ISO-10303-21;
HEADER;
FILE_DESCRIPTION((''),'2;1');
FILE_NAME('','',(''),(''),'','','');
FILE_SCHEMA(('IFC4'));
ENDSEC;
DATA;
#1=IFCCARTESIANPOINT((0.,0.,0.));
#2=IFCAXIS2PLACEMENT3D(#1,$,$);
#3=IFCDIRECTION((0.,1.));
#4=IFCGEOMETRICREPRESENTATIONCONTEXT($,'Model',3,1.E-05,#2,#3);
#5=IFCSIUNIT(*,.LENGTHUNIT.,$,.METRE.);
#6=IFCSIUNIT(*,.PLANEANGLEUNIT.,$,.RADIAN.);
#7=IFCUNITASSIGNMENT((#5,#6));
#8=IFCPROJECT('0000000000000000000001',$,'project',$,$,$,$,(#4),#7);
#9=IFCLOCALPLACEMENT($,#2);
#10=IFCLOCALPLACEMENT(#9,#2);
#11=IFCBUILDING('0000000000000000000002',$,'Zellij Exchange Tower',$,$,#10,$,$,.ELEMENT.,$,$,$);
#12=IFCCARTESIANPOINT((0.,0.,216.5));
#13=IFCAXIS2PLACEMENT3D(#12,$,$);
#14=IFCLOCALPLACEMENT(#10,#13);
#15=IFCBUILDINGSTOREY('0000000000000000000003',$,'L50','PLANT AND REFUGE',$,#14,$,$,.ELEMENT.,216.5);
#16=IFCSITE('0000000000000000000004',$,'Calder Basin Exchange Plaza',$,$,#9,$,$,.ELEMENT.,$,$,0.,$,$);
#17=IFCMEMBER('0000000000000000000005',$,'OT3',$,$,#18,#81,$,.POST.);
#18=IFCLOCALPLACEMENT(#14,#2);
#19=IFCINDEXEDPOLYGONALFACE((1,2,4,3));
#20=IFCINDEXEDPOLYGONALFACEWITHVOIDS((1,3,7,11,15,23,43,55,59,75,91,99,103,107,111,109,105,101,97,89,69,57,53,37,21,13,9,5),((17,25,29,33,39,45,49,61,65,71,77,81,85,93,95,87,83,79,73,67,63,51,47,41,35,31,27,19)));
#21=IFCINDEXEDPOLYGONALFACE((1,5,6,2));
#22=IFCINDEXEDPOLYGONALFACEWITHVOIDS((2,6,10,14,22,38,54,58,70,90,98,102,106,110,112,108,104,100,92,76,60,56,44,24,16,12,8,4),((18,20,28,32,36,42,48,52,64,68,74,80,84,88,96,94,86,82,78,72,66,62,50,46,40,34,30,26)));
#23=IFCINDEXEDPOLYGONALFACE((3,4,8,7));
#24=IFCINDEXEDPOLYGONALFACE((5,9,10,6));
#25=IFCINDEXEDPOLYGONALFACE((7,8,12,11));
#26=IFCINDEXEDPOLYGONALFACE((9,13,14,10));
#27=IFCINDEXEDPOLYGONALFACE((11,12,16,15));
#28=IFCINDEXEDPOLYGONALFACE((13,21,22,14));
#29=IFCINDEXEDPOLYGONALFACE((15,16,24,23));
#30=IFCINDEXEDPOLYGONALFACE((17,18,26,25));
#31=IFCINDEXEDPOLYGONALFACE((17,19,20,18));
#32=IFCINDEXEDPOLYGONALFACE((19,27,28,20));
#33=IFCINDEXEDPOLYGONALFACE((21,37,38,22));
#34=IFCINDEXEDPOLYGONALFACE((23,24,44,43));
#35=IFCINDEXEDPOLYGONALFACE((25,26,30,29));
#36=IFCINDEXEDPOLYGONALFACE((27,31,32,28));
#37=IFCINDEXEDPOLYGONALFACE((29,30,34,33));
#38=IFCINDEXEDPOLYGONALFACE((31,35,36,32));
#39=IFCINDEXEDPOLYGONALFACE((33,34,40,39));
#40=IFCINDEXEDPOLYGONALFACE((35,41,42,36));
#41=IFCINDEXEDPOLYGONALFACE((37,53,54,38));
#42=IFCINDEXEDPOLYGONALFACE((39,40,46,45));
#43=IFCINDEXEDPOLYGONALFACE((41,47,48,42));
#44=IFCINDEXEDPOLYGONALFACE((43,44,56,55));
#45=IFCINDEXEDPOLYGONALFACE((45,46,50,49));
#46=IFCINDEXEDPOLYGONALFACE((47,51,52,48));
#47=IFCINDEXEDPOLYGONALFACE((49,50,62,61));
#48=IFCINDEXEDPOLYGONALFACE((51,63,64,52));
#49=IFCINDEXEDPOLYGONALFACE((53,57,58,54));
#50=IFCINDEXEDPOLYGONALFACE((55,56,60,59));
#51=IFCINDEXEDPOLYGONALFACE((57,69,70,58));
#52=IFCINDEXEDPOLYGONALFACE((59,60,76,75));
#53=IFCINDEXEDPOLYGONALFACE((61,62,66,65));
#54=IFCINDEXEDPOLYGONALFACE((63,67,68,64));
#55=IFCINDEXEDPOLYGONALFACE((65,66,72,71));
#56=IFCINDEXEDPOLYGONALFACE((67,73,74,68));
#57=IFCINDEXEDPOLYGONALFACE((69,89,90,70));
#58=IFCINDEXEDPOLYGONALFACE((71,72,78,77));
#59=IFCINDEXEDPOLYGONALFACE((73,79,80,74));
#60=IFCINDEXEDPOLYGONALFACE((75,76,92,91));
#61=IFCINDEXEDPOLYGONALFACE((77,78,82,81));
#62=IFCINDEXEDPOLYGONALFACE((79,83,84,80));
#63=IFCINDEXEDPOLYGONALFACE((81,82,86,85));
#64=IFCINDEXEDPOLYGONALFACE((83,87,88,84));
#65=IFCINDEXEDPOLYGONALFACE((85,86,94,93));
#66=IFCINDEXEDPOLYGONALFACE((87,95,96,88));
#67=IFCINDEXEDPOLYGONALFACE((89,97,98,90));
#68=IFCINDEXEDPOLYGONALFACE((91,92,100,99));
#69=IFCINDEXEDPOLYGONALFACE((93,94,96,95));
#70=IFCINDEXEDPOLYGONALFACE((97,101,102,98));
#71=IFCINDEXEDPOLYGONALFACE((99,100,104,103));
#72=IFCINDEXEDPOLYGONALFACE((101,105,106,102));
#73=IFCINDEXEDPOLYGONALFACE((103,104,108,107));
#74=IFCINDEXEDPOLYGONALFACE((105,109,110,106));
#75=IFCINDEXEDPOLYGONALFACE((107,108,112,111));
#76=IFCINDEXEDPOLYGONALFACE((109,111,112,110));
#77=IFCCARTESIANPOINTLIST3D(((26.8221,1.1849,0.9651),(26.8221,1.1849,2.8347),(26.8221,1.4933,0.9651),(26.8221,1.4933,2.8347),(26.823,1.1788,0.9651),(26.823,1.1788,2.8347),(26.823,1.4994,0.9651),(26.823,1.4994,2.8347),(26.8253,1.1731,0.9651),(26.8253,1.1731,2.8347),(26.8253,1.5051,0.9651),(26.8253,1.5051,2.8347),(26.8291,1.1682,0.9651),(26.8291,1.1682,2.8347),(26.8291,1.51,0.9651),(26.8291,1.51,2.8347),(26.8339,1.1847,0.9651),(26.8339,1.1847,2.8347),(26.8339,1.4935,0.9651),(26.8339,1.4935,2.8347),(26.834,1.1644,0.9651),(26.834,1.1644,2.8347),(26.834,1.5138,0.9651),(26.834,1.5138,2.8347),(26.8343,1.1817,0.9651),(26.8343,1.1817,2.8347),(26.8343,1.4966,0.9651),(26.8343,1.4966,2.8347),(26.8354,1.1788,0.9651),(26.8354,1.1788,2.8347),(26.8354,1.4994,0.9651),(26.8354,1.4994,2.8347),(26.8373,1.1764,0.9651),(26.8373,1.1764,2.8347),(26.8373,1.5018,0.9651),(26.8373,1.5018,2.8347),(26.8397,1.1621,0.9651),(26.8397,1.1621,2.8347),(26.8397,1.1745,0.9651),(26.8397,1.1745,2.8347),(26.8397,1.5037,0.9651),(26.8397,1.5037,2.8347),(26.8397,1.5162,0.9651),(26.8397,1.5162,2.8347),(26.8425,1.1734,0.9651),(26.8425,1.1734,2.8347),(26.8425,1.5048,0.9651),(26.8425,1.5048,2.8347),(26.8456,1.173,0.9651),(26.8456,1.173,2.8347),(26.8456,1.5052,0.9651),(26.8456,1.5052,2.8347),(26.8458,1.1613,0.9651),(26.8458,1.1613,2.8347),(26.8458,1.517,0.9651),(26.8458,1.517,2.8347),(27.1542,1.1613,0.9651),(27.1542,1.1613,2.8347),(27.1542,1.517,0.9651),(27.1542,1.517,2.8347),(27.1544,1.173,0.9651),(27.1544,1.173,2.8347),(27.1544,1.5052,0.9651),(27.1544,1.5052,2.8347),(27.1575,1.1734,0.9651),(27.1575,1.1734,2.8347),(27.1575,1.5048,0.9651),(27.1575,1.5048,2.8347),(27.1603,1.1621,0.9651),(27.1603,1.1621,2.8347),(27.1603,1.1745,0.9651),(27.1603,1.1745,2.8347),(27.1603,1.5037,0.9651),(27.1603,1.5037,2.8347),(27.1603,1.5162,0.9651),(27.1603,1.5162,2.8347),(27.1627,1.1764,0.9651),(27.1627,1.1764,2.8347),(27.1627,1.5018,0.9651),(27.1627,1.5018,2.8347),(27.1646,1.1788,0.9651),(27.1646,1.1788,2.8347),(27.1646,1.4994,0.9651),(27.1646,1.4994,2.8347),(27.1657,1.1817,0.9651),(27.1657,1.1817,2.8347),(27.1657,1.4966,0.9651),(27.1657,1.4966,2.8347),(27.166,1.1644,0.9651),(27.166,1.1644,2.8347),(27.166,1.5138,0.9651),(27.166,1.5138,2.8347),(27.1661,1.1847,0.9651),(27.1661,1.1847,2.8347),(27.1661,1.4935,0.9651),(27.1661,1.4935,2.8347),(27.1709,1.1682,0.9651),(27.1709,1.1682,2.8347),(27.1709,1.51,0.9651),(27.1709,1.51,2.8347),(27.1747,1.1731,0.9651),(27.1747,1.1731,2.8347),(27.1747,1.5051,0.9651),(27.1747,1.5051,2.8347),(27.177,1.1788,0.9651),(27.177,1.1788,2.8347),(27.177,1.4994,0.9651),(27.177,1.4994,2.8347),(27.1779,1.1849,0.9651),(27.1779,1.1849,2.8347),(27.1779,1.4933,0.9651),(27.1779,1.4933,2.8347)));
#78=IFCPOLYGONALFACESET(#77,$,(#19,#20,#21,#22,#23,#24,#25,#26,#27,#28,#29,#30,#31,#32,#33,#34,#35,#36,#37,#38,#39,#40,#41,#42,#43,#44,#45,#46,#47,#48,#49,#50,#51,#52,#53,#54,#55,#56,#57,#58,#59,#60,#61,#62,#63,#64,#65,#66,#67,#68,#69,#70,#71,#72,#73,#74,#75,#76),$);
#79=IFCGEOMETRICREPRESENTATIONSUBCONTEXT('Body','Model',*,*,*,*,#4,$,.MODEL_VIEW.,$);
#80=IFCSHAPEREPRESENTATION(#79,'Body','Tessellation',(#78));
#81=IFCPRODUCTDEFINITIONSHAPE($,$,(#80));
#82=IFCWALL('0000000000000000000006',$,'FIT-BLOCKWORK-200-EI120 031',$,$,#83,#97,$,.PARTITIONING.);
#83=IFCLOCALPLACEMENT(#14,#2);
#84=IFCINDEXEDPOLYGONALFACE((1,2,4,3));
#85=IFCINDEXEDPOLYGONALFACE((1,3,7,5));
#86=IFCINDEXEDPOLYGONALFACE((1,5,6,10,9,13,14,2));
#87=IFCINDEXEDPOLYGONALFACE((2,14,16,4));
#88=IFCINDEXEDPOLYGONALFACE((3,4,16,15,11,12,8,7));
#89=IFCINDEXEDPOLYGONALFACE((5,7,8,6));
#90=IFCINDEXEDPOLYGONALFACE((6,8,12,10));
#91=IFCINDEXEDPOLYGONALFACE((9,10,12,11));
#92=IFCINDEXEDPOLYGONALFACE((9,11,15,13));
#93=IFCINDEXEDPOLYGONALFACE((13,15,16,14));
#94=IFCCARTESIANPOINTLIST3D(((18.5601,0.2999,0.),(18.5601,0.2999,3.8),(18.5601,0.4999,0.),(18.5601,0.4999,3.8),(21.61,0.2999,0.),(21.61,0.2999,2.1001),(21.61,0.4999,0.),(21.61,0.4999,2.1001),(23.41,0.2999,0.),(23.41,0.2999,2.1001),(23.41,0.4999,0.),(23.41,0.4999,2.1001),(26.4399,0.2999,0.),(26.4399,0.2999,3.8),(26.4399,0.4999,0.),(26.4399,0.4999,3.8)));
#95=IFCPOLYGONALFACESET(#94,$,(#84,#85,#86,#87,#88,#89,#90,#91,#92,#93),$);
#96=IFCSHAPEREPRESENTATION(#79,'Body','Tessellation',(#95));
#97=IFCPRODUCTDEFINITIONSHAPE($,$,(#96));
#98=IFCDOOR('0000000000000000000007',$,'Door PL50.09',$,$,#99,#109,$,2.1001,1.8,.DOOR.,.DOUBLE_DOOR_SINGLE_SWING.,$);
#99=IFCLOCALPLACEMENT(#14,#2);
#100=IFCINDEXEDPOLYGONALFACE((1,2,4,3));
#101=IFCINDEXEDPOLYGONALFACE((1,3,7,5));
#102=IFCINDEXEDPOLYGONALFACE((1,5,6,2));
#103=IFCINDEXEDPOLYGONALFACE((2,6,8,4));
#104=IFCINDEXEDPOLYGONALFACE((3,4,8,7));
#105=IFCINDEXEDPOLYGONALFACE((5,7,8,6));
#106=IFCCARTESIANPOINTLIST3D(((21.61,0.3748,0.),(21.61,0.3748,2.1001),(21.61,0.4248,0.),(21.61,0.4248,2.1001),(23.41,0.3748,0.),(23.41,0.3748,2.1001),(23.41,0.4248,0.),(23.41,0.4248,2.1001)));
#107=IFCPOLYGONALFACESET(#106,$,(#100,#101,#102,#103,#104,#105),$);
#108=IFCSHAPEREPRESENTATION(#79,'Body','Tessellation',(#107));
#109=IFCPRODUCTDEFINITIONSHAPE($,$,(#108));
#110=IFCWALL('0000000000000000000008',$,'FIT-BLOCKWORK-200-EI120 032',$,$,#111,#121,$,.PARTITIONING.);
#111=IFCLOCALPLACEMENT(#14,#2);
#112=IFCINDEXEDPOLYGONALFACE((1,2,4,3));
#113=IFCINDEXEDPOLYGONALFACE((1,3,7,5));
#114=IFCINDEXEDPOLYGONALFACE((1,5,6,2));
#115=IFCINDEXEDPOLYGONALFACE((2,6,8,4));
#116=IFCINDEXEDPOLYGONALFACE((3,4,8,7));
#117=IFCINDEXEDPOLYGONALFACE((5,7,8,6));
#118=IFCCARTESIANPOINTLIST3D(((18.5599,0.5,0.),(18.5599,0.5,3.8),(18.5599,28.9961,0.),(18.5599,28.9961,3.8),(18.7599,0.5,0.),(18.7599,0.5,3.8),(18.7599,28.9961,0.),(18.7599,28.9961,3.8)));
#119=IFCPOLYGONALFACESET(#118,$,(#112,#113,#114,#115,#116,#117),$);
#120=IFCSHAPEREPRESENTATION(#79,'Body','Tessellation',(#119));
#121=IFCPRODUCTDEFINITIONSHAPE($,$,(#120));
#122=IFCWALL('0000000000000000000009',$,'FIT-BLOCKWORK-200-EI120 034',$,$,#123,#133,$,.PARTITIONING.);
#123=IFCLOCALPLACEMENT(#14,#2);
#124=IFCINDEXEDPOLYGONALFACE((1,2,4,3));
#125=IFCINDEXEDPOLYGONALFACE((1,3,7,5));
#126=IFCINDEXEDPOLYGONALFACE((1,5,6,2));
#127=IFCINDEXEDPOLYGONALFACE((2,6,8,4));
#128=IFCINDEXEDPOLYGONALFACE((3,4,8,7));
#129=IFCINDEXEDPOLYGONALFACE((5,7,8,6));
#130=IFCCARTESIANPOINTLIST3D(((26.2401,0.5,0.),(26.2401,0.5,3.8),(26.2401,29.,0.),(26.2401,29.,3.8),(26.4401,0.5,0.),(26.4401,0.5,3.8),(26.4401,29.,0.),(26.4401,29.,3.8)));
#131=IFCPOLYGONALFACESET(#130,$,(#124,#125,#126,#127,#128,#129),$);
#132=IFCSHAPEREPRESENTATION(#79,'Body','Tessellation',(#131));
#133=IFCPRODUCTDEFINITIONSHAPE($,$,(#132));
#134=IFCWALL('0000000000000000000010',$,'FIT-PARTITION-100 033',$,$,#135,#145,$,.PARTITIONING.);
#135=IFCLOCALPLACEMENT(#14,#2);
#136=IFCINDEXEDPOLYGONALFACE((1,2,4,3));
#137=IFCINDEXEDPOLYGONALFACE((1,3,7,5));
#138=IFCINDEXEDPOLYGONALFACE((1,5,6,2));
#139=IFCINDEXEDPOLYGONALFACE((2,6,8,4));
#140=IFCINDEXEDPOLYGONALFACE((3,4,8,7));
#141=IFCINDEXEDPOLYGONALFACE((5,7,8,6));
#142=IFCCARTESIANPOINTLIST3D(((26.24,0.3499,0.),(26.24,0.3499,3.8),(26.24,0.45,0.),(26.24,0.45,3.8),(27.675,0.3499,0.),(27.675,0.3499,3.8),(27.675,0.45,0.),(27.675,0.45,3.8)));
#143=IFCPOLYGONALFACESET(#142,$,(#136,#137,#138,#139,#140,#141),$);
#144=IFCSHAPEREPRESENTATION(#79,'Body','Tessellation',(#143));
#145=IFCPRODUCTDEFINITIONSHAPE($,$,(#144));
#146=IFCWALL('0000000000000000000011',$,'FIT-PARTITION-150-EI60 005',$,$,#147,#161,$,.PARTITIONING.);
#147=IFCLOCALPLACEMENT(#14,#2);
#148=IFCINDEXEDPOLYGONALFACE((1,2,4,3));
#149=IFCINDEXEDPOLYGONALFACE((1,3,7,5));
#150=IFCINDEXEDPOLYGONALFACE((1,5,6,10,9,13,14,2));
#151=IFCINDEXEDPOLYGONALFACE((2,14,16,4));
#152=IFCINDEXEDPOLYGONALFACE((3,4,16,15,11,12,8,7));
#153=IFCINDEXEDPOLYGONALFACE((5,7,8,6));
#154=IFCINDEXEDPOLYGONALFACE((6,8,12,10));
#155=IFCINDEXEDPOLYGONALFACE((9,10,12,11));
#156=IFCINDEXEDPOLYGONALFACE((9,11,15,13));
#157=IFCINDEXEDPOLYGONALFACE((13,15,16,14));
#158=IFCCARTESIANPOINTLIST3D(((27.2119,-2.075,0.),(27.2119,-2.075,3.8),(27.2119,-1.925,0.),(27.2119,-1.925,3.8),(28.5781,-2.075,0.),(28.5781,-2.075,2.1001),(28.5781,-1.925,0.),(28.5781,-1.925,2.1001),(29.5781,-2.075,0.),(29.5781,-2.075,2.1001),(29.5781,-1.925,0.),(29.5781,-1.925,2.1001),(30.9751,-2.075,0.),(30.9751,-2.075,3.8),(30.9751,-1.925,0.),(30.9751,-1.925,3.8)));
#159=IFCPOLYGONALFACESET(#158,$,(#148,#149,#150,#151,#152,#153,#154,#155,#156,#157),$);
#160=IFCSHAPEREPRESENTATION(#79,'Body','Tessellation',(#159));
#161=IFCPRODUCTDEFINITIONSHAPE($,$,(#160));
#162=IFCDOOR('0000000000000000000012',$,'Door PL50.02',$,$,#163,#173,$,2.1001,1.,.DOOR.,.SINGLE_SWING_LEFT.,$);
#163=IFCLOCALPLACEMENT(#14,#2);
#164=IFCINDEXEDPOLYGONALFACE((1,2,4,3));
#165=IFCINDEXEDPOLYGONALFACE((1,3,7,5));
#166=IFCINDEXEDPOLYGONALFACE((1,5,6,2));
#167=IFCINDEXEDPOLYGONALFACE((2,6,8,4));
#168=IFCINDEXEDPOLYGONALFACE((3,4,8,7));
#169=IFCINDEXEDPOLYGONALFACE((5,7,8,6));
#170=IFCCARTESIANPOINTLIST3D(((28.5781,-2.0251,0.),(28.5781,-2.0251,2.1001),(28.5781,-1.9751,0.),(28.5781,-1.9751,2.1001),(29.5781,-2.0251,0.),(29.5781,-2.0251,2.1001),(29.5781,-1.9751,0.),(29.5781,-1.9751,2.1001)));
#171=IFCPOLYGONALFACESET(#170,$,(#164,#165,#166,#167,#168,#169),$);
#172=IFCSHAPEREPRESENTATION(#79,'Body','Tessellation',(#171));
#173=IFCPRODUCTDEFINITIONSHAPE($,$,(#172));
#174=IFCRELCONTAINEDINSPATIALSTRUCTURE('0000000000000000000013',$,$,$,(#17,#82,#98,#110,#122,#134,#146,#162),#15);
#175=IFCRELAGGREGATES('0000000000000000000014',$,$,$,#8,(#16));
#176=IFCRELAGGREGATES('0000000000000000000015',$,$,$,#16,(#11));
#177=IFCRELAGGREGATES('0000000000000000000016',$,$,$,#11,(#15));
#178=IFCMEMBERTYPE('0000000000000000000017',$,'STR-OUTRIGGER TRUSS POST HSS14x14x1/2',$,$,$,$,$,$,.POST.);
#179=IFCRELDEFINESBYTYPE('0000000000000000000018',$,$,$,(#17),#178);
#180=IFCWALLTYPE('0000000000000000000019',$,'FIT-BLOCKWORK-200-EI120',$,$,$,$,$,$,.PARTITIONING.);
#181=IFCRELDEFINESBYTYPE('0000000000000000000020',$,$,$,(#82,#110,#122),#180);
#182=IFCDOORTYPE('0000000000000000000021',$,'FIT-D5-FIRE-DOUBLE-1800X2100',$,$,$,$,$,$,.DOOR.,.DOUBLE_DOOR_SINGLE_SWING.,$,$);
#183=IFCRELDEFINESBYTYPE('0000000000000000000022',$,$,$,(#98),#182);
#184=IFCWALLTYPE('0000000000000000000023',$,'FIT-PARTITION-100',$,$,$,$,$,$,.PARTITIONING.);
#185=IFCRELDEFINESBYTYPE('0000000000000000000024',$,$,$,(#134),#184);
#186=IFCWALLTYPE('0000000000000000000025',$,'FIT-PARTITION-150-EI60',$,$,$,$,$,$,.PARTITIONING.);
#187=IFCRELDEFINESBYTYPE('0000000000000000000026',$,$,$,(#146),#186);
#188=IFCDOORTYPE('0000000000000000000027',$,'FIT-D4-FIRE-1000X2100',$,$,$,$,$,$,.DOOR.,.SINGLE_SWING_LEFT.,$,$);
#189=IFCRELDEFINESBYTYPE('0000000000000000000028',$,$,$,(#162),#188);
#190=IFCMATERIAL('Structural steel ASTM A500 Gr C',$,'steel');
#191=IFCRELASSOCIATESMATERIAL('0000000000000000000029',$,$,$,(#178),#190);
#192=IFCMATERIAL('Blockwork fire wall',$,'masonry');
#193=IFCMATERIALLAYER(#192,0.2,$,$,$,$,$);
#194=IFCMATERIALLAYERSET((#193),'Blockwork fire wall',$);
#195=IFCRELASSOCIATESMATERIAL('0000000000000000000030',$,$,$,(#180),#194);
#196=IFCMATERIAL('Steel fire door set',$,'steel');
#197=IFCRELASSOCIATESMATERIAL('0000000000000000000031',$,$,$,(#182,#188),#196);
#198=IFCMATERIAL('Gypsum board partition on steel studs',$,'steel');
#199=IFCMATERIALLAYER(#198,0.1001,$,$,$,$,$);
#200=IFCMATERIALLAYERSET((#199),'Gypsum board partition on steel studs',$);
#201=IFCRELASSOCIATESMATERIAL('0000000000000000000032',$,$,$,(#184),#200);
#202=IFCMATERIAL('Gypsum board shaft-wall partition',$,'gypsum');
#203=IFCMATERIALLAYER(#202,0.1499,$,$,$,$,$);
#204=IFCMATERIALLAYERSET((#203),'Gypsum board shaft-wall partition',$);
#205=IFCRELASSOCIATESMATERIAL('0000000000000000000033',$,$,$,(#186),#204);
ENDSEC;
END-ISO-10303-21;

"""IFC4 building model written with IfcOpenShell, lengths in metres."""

from ifc_helpers import new_model, si_unit, direction, frame, frame_2d, origin, origin_2d, place, context, subcontext, project, spatial, rectangle, hollow_rectangle, extrude, material, layer, layer_set, material_profile, profile_set, type_object, element, fill, save


model = new_model("IFC4")

# Units and contexts
model_context = context("Model", 3, precision=1e-05, world=origin(), true_north=direction((0.0, 1.0)))
body_context = subcontext(model_context, "Body", "Model", "MODEL_VIEW")
ifc_project = project(units=[si_unit("LENGTHUNIT", "METRE"), si_unit("PLANEANGLEUNIT", "RADIAN")], contexts=[model_context])

# Site, building, storey
site_placement = place(None, origin())
site = spatial("IfcSite", under=ifc_project, at=site_placement, Name="Calder Basin Exchange Plaza", CompositionType="ELEMENT", RefElevation=0.0)
building_placement = place(site_placement, origin())
building = spatial("IfcBuilding", under=site, at=building_placement, Name="Zellij Exchange Tower", CompositionType="ELEMENT")
storey_placement = place(building_placement, frame((0.0, 0.0, 216.5)))
storey = spatial("IfcBuildingStorey", under=building, at=storey_placement, Name="L50", Description="PLANT AND REFUGE", CompositionType="ELEMENT", Elevation=216.5)

# Member
ifc_material_1 = material(Name="Structural steel ASTM A500 Gr C", Category="steel")
ifc_material_profile_1 = material_profile(ifc_material_1, hollow_rectangle(XDim=0.3557, YDim=0.3557, WallThickness=0.0117, InnerFilletRadius=0.0117, OuterFilletRadius=0.0237, at=origin_2d()), Name="STR-OUTRIGGER TRUSS POST HSS14x14x1/2")
ifc_profile_set_1 = profile_set([ifc_material_profile_1], Name="Structural steel ASTM A500 Gr C")
member_type_1 = type_object("IfcMemberType", Name="STR-OUTRIGGER TRUSS POST HSS14x14x1/2", PredefinedType="POST", material=ifc_profile_set_1)
for number, where, z_axis, x_axis, name in (
    (1, (27.0, 1.3391, 0.9651), (0.0, 0.0, 1.0), (1.0, 0.0, 0.0), "OT3"),
):
    element("IfcMember", number, at=place(storey_placement, frame(where, z_axis=z_axis, x_axis=x_axis)), inside=storey, type_object=member_type_1, Name=name, PredefinedType="POST", context=body_context, shape_type="SweptSolid", body=[
        extrude(hollow_rectangle(XDim=0.3557, YDim=0.3557, WallThickness=0.0117, InnerFilletRadius=0.0117, OuterFilletRadius=0.0237, at=origin_2d()), origin(), (0.0, 0.0, 1.0), 1.8696),
    ])

# Wall, opening, door
ifc_material_2 = material(Name="Blockwork fire wall", Category="masonry")
ifc_layer_1 = layer(ifc_material_2, 0.2)
ifc_layer_set_1 = layer_set([ifc_layer_1], Name="Blockwork fire wall")
wall_type_1 = type_object("IfcWallType", Name="FIT-BLOCKWORK-200-EI120", PredefinedType="PARTITIONING", material=ifc_layer_set_1)
wall_1_placement = place(storey_placement, frame((18.5601, 0.3999, 0.0), z_axis=(0.0, 0.0, 1.0), x_axis=(1.0, 0.0, 0.0)))
wall_1 = element("IfcWall", 2, at=wall_1_placement, inside=storey, type_object=wall_type_1, Name="FIT-BLOCKWORK-200-EI120 031", PredefinedType="PARTITIONING", context=body_context, shape_type="SweptSolid", body=[
    extrude(rectangle(XDim=7.8799, YDim=0.2, at=frame_2d((3.9399, 0.0))), origin(), (0.0, 0.0, 1.0), 3.8),
])
opening_1_placement = place(wall_1_placement, frame((3.05, 0.0, 0.0)))
opening_1 = element("IfcOpeningElement", 3, at=opening_1_placement, cuts=wall_1, PredefinedType="OPENING", context=body_context, shape_type="SweptSolid", body=[
    extrude(rectangle(XDim=1.8, YDim=2.1001, at=frame_2d((0.8999, 1.05))), frame((0.0, 0.1118, 0.0), z_axis=(0.0, -1.0, 0.0), x_axis=(1.0, 0.0, 0.0)), (0.0, 0.0, 1.0), 0.2239),
])
ifc_material_3 = material(Name="Steel fire door set", Category="steel")
door_type_1 = type_object("IfcDoorType", Name="FIT-D5-FIRE-DOUBLE-1800X2100", OperationType="DOUBLE_DOOR_SINGLE_SWING", PredefinedType="DOOR", material=ifc_material_3)
door_1_placement = place(opening_1_placement, origin())
door_1 = element("IfcDoor", 4, at=door_1_placement, inside=storey, type_object=door_type_1, Name="Door PL50.09", OperationType="DOUBLE_DOOR_SINGLE_SWING", OverallHeight=2.1001, OverallWidth=1.8, PredefinedType="DOOR", context=body_context, shape_type="SweptSolid", body=[
    extrude(rectangle(XDim=1.8, YDim=2.1001, at=frame_2d((0.8999, 1.05))), frame((0.0, 0.0249, 0.0), z_axis=(0.0, -1.0, 0.0), x_axis=(1.0, 0.0, 0.0)), (0.0, 0.0, 1.0), 0.05),
])
fill(opening_1, door_1)

# Walls
wall_2_placement = place(storey_placement, frame((18.6599, 0.5, 0.0), z_axis=(0.0, 0.0, 1.0), x_axis=(0.0, 1.0, 0.0)))
element("IfcWall", 5, at=wall_2_placement, inside=storey, type_object=wall_type_1, Name="FIT-BLOCKWORK-200-EI120 032", PredefinedType="PARTITIONING", context=body_context, shape_type="SweptSolid", body=[
    extrude(rectangle(XDim=28.4961, YDim=0.2, at=frame_2d((14.248, 0.0))), origin(), (0.0, 0.0, 1.0), 3.8),
])
wall_3_placement = place(storey_placement, frame((26.3401, 0.5, 0.0), z_axis=(0.0, 0.0, 1.0), x_axis=(0.0, 1.0, 0.0)))
element("IfcWall", 6, at=wall_3_placement, inside=storey, type_object=wall_type_1, Name="FIT-BLOCKWORK-200-EI120 034", PredefinedType="PARTITIONING", context=body_context, shape_type="SweptSolid", body=[
    extrude(rectangle(XDim=28.5, YDim=0.2, at=frame_2d((14.25, 0.0))), origin(), (0.0, 0.0, 1.0), 3.8),
])
ifc_material_4 = material(Name="Gypsum board partition on steel studs", Category="steel")
ifc_layer_2 = layer(ifc_material_4, 0.1001)
ifc_layer_set_2 = layer_set([ifc_layer_2], Name="Gypsum board partition on steel studs")
wall_type_2 = type_object("IfcWallType", Name="FIT-PARTITION-100", PredefinedType="PARTITIONING", material=ifc_layer_set_2)
wall_4_placement = place(storey_placement, frame((26.24, 0.3999, 0.0), z_axis=(0.0, 0.0, 1.0), x_axis=(1.0, 0.0, 0.0)))
element("IfcWall", 7, at=wall_4_placement, inside=storey, type_object=wall_type_2, Name="FIT-PARTITION-100 033", PredefinedType="PARTITIONING", context=body_context, shape_type="SweptSolid", body=[
    extrude(rectangle(XDim=1.4351, YDim=0.1001, at=frame_2d((0.7175, 0.0))), origin(), (0.0, 0.0, 1.0), 3.8),
])

# Wall, opening, door
ifc_material_5 = material(Name="Gypsum board shaft-wall partition", Category="gypsum")
ifc_layer_3 = layer(ifc_material_5, 0.1499)
ifc_layer_set_3 = layer_set([ifc_layer_3], Name="Gypsum board shaft-wall partition")
wall_type_3 = type_object("IfcWallType", Name="FIT-PARTITION-150-EI60", PredefinedType="PARTITIONING", material=ifc_layer_set_3)
wall_5_placement = place(storey_placement, frame((27.2119, -2.0, 0.0), z_axis=(0.0, 0.0, 1.0), x_axis=(1.0, 0.0, 0.0)))
wall_5 = element("IfcWall", 8, at=wall_5_placement, inside=storey, type_object=wall_type_3, Name="FIT-PARTITION-150-EI60 005", PredefinedType="PARTITIONING", context=body_context, shape_type="SweptSolid", body=[
    extrude(rectangle(XDim=3.7632, YDim=0.1499, at=frame_2d((1.8816, 0.0))), origin(), (0.0, 0.0, 1.0), 3.8),
])
opening_2_placement = place(wall_5_placement, frame((1.3662, 0.0, 0.0)))
opening_2 = element("IfcOpeningElement", 9, at=opening_2_placement, cuts=wall_5, PredefinedType="OPENING", context=body_context, shape_type="SweptSolid", body=[
    extrude(rectangle(XDim=1.0, YDim=2.1001, at=frame_2d((0.5, 1.05))), frame((0.0, 0.0869, 0.0), z_axis=(0.0, -1.0, 0.0), x_axis=(1.0, 0.0, 0.0)), (0.0, 0.0, 1.0), 0.1738),
])
door_type_2 = type_object("IfcDoorType", Name="FIT-D4-FIRE-1000X2100", OperationType="SINGLE_SWING_LEFT", PredefinedType="DOOR", material=ifc_material_3)
door_2_placement = place(opening_2_placement, origin())
door_2 = element("IfcDoor", 10, at=door_2_placement, inside=storey, type_object=door_type_2, Name="Door PL50.02", OperationType="SINGLE_SWING_LEFT", OverallHeight=2.1001, OverallWidth=1.0, PredefinedType="DOOR", context=body_context, shape_type="SweptSolid", body=[
    extrude(rectangle(XDim=1.0, YDim=2.1001, at=frame_2d((0.5, 1.05))), frame((0.0, 0.0249, 0.0), z_axis=(0.0, -1.0, 0.0), x_axis=(1.0, 0.0, 0.0)), (0.0, 0.0, 1.0), 0.05),
])
fill(opening_2, door_2)

save(model, "model.ifc")
